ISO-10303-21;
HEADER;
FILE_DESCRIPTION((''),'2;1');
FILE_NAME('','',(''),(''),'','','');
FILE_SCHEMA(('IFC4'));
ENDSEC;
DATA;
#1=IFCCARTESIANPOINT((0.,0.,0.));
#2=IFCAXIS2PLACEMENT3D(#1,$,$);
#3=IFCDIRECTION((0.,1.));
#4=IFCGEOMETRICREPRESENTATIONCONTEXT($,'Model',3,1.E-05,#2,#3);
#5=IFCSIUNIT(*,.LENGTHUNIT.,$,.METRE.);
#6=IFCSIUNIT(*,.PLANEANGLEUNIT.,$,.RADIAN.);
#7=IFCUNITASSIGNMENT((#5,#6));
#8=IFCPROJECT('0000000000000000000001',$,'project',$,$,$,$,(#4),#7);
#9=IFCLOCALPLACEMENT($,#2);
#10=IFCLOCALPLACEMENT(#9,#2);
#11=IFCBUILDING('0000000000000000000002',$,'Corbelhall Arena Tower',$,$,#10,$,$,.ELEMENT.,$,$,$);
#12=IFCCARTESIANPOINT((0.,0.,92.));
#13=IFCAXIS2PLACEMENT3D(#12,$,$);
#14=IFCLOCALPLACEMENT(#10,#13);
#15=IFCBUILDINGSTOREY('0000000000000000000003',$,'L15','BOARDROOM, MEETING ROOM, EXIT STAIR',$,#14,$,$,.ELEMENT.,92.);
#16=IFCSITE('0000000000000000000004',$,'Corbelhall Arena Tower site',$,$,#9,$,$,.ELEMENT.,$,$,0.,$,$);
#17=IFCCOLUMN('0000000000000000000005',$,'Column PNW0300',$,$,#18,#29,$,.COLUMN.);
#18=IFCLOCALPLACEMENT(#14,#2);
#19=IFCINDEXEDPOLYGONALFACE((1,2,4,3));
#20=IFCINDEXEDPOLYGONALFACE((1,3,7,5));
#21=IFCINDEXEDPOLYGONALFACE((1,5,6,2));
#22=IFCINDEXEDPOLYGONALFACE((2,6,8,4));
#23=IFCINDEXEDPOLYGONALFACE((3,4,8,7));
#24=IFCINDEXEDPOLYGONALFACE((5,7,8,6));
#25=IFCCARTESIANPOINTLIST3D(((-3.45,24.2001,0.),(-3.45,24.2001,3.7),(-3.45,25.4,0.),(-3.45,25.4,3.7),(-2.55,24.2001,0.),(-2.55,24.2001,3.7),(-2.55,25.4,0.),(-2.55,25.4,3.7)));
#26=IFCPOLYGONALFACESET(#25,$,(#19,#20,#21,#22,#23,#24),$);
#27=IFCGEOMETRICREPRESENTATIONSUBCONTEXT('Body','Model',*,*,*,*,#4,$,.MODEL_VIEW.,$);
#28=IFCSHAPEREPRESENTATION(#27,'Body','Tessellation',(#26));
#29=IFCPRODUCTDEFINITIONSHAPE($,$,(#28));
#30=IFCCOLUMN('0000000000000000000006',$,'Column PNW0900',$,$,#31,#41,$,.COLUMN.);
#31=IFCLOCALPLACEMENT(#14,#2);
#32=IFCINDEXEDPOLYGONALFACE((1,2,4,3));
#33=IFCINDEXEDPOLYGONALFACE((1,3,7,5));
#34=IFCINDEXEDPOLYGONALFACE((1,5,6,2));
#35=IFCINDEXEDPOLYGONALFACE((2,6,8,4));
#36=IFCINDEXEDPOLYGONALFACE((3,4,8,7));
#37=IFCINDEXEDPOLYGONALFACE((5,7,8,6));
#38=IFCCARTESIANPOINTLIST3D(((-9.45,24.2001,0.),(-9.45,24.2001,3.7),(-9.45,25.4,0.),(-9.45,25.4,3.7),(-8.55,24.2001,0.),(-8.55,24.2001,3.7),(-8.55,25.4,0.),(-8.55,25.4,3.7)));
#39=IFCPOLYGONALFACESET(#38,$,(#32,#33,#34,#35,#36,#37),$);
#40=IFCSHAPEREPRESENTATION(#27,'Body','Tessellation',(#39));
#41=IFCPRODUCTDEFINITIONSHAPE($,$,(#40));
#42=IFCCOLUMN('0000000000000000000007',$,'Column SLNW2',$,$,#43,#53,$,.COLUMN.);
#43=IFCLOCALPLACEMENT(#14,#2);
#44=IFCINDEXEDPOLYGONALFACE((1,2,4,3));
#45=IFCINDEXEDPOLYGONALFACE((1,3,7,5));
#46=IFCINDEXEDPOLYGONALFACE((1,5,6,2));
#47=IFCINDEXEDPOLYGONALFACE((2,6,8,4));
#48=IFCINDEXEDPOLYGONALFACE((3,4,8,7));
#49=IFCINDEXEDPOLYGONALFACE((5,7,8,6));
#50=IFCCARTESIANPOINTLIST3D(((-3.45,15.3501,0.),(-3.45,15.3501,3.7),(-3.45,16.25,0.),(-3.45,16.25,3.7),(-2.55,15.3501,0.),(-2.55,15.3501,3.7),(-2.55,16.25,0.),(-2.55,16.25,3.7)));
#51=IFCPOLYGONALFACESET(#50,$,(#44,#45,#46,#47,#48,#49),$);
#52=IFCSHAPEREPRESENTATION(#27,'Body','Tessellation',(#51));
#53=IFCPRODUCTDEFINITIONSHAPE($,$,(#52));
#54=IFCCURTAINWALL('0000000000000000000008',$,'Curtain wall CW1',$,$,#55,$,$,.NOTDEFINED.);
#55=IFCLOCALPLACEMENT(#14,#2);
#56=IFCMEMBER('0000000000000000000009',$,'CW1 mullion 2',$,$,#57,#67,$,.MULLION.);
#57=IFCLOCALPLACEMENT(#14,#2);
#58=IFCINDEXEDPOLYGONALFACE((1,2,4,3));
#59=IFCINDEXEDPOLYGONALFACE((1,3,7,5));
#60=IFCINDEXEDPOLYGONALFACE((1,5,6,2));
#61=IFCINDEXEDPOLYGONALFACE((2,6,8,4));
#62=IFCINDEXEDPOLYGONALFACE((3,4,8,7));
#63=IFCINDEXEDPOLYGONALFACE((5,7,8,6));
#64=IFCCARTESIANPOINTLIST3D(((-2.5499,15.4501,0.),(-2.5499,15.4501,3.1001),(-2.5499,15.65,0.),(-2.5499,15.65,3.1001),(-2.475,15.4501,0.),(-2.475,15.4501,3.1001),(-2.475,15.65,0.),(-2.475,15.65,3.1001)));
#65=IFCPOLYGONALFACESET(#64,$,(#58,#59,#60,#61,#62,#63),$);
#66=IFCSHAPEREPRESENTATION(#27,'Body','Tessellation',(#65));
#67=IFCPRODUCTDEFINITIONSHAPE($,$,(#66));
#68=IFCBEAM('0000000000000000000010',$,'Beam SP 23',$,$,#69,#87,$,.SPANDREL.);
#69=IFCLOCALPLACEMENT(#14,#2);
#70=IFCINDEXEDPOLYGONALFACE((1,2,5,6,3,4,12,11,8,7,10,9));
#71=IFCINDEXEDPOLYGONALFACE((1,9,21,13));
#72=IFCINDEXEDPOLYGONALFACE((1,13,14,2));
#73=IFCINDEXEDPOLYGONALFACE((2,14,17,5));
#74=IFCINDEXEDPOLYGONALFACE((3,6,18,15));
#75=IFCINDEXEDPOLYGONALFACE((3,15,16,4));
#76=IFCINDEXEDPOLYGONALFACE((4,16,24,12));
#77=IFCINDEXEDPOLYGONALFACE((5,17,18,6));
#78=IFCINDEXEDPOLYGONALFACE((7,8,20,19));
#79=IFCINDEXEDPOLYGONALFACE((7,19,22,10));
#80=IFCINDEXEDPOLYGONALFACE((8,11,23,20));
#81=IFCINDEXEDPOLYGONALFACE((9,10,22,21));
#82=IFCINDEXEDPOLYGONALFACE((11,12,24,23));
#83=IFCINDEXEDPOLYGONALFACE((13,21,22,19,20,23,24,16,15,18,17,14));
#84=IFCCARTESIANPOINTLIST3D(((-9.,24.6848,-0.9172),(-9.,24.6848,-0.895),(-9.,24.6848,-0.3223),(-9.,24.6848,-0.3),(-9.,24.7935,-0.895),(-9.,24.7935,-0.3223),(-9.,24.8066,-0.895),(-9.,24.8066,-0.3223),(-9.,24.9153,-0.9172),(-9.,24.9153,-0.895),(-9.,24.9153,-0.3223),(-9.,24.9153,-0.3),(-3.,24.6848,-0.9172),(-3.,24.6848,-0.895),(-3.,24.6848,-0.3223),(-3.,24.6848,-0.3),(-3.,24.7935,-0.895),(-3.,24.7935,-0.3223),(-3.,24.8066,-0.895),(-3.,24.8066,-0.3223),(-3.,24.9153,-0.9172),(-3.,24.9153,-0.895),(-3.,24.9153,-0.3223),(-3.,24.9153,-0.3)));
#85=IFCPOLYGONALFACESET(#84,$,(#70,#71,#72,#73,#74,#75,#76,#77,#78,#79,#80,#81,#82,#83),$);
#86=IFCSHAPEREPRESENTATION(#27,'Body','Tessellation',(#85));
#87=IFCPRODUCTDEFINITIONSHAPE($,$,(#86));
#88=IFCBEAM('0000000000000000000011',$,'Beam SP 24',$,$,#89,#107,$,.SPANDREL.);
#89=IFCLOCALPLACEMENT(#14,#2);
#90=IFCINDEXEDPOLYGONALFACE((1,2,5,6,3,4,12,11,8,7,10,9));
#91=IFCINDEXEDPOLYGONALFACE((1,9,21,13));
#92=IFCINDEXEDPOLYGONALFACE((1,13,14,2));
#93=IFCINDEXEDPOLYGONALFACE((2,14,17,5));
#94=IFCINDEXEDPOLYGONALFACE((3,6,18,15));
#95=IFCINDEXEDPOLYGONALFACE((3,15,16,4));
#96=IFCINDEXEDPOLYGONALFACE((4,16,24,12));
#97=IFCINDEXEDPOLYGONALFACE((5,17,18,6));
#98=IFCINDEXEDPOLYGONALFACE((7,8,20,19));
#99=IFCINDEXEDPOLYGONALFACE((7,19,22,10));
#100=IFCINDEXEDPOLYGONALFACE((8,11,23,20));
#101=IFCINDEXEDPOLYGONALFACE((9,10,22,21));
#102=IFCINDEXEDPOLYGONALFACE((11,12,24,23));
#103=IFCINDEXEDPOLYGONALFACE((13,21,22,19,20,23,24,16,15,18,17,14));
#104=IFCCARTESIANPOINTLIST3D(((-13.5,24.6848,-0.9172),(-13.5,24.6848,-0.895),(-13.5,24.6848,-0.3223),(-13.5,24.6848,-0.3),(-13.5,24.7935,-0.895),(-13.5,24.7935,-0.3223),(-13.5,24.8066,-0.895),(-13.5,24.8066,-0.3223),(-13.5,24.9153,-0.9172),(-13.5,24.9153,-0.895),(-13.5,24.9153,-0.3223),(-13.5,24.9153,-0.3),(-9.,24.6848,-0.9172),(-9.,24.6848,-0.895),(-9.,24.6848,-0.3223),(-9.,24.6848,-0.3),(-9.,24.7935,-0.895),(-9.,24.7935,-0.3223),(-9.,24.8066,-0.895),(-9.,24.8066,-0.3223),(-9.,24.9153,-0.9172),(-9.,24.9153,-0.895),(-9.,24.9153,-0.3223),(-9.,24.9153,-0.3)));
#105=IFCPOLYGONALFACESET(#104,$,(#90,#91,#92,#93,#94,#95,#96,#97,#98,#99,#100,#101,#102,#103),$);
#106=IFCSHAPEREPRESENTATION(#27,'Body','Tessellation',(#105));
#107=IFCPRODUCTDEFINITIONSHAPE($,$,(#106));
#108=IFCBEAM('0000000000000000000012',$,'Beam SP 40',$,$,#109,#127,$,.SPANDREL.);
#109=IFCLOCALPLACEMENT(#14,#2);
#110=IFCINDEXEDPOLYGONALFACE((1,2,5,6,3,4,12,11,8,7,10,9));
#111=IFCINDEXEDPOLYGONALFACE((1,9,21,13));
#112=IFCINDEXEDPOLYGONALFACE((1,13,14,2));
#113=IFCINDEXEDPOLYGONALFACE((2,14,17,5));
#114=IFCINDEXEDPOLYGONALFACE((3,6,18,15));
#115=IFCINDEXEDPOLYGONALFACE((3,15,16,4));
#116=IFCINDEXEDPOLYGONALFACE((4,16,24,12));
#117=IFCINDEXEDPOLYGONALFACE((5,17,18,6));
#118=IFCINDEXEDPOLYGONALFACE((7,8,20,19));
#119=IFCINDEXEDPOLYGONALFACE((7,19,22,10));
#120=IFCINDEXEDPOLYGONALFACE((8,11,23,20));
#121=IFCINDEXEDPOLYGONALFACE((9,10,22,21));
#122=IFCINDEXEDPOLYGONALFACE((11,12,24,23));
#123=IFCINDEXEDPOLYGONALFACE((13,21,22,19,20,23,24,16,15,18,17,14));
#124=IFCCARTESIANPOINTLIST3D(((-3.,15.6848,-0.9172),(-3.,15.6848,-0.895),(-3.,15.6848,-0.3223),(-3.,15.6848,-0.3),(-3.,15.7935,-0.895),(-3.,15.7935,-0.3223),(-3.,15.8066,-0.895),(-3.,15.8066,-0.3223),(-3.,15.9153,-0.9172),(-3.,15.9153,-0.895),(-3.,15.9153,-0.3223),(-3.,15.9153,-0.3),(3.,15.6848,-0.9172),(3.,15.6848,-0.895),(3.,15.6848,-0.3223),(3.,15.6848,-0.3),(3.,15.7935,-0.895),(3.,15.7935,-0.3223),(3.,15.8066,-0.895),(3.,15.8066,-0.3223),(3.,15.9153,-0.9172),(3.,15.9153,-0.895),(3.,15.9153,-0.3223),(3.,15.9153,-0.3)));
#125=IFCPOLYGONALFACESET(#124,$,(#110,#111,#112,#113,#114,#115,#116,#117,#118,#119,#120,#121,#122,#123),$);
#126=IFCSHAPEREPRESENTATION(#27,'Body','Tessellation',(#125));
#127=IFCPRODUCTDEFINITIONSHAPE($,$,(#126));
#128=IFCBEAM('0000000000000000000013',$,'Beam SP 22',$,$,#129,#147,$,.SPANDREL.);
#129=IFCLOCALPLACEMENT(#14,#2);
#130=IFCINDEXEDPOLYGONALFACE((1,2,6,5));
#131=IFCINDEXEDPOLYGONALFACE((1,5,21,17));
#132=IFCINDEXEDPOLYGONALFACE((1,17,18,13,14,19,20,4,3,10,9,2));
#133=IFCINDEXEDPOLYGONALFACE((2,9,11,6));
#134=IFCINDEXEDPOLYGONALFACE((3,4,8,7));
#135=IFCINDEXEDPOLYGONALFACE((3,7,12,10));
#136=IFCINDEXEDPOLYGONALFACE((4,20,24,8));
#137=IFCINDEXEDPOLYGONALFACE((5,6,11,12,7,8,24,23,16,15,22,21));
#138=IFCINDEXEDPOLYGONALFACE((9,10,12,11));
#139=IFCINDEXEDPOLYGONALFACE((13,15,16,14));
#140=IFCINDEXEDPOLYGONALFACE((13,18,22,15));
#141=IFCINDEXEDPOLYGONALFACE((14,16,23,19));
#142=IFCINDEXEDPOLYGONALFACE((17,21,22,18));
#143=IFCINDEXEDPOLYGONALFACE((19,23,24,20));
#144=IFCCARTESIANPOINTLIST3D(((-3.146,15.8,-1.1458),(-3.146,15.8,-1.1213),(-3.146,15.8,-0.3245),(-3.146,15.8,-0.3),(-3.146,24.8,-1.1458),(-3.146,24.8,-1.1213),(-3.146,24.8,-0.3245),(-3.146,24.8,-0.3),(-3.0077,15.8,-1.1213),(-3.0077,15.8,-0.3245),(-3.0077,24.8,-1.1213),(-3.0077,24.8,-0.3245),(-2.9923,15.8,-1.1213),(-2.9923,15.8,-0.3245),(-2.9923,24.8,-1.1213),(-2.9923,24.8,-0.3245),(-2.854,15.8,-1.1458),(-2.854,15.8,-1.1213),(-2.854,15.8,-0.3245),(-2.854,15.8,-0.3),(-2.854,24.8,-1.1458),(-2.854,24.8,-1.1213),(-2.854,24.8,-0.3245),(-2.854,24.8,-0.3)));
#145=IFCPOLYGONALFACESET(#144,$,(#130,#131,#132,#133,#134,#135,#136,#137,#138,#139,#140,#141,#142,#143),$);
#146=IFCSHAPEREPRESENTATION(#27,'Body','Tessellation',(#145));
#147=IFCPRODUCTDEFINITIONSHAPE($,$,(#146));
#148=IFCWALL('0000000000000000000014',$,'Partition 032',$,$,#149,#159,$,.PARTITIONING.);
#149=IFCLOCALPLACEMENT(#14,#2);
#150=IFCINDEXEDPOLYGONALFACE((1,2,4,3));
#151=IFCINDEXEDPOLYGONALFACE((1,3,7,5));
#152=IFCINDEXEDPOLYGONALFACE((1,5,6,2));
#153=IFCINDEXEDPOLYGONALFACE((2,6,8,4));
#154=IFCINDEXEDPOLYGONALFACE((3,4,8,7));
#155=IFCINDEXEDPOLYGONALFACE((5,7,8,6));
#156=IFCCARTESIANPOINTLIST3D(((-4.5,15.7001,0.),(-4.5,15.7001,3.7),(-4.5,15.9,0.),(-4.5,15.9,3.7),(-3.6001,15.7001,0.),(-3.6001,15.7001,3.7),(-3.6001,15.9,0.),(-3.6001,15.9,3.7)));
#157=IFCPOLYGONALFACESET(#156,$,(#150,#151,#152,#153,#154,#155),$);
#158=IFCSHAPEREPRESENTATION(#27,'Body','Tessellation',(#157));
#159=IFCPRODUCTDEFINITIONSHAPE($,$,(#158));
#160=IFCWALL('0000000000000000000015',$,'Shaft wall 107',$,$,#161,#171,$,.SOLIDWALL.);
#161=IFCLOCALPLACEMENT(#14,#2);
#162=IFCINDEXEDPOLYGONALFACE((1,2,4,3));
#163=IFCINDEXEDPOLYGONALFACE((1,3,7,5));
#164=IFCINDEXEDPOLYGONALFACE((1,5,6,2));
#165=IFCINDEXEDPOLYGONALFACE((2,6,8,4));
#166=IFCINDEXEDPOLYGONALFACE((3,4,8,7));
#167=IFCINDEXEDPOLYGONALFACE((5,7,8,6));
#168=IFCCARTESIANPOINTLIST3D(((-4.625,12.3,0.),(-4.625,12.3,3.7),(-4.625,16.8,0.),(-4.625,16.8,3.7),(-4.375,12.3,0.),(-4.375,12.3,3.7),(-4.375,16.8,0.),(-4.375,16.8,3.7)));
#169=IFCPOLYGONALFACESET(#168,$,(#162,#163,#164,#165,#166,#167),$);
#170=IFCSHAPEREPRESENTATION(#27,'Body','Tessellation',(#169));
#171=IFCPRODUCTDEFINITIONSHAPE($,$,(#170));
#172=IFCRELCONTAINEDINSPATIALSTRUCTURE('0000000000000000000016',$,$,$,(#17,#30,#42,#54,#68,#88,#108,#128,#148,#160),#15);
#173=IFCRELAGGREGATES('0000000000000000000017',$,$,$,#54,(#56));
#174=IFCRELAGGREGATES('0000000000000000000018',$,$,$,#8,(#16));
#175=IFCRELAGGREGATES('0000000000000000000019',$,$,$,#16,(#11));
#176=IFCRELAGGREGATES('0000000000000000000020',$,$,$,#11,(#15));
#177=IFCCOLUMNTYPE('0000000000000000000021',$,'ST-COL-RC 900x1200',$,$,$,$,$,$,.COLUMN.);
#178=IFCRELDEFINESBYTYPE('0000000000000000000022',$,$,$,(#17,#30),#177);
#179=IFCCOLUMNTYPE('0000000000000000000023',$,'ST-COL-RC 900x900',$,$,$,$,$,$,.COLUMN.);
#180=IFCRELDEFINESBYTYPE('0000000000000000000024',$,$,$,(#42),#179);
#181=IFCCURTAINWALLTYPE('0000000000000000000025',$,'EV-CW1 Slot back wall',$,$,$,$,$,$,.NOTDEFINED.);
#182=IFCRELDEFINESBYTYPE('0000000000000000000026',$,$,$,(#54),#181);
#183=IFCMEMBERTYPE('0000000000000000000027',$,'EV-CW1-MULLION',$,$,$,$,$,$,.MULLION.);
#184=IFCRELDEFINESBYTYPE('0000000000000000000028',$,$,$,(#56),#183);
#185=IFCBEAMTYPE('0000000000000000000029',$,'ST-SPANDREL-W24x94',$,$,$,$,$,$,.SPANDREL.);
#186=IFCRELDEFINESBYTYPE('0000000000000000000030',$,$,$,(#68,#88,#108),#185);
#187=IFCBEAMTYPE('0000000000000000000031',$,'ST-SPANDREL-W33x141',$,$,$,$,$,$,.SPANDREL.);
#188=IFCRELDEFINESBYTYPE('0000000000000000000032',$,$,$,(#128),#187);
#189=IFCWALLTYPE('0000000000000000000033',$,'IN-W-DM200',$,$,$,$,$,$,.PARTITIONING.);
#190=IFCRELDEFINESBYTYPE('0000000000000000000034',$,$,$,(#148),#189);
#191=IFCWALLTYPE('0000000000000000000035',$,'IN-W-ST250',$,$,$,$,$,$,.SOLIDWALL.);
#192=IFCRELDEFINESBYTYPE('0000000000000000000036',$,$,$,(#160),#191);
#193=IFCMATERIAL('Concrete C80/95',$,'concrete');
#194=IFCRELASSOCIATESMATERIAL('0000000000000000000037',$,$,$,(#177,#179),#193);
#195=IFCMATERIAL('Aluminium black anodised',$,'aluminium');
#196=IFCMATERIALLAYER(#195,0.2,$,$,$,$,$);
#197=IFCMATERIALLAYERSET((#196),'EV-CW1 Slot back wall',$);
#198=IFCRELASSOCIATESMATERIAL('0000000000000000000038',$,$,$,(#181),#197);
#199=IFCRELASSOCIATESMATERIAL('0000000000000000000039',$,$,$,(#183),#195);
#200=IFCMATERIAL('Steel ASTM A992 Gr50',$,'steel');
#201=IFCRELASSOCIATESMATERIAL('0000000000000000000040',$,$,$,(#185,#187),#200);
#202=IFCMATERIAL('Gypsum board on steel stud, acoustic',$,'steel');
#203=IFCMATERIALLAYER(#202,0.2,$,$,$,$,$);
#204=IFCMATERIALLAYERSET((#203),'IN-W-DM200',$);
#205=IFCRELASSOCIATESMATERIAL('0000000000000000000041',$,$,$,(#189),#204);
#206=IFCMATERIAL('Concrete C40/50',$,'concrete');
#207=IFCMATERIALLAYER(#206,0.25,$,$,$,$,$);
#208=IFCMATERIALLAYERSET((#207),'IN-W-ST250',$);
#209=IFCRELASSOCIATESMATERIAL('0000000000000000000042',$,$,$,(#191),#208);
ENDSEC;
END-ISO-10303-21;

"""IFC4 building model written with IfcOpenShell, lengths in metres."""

from ifc_helpers import new_model, si_unit, direction, frame, frame_2d, origin, origin_2d, place, context, subcontext, project, spatial, rectangle, i_section, extrude, material, layer, layer_set, material_profile, profile_set, type_object, element, aggregate, save


model = new_model("IFC4")

# Units and contexts
model_context = context("Model", 3, precision=1e-05, world=origin(), true_north=direction((0.0, 1.0)))
body_context = subcontext(model_context, "Body", "Model", "MODEL_VIEW")
ifc_project = project(units=[si_unit("LENGTHUNIT", "METRE"), si_unit("PLANEANGLEUNIT", "RADIAN")], contexts=[model_context])

# Site, building, storey
site_placement = place(None, origin())
site = spatial("IfcSite", under=ifc_project, at=site_placement, Name="Corbelhall Arena Tower site", CompositionType="ELEMENT", RefElevation=0.0)
building_placement = place(site_placement, origin())
building = spatial("IfcBuilding", under=site, at=building_placement, Name="Corbelhall Arena Tower", CompositionType="ELEMENT")
storey_placement = place(building_placement, frame((0.0, 0.0, 92.0)))
storey = spatial("IfcBuildingStorey", under=building, at=storey_placement, Name="L15", Description="BOARDROOM, MEETING ROOM, EXIT STAIR", CompositionType="ELEMENT", Elevation=92.0)

# Columns
ifc_material_1 = material(Name="Concrete C80/95", Category="concrete")
ifc_material_profile_1 = material_profile(ifc_material_1, rectangle(XDim=0.8999, YDim=1.2, at=origin_2d()))
ifc_profile_set_1 = profile_set([ifc_material_profile_1], Name="Concrete C80/95")
column_type_1 = type_object("IfcColumnType", Name="ST-COL-RC 900x1200", PredefinedType="COLUMN", material=ifc_profile_set_1)
for number, where, z_axis, x_axis, name in (
    (1, (-3.0, 24.8, 0.0), (0.0, 0.0, 1.0), (1.0, 0.0, 0.0), "Column PNW0300"),
    (2, (-9.0, 24.8, 0.0), (0.0, 0.0, 1.0), (1.0, 0.0, 0.0), "Column PNW0900"),
):
    element("IfcColumn", number, at=place(storey_placement, frame(where, z_axis=z_axis, x_axis=x_axis)), inside=storey, type_object=column_type_1, Name=name, PredefinedType="COLUMN", context=body_context, shape_type="SweptSolid", body=[
        extrude(rectangle(XDim=0.8999, YDim=1.2, at=origin_2d()), origin(), (0.0, 0.0, 1.0), 3.7),
    ])
ifc_material_profile_2 = material_profile(ifc_material_1, rectangle(XDim=0.8999, YDim=0.8999, at=origin_2d()))
ifc_profile_set_2 = profile_set([ifc_material_profile_2], Name="Concrete C80/95")
column_type_2 = type_object("IfcColumnType", Name="ST-COL-RC 900x900", PredefinedType="COLUMN", material=ifc_profile_set_2)
column_placement = place(storey_placement, frame((-3.0, 15.8, 0.0), z_axis=(0.0, 0.0, 1.0), x_axis=(1.0, 0.0, 0.0)))
element("IfcColumn", 3, at=column_placement, inside=storey, type_object=column_type_2, Name="Column SLNW2", PredefinedType="COLUMN", context=body_context, shape_type="SweptSolid", body=[
    extrude(rectangle(XDim=0.8999, YDim=0.8999, at=origin_2d()), origin(), (0.0, 0.0, 1.0), 3.7),
])

# Curtain wall, member
ifc_material_2 = material(Name="Aluminium black anodised", Category="aluminium")
ifc_layer_1 = layer(ifc_material_2, 0.2)
ifc_layer_set_1 = layer_set([ifc_layer_1], Name="EV-CW1 Slot back wall")
curtain_wall_type = type_object("IfcCurtainWallType", Name="EV-CW1 Slot back wall", PredefinedType="NOTDEFINED", material=ifc_layer_set_1)
curtain_wall_placement = place(storey_placement, origin())
curtain_wall = element("IfcCurtainWall", 4, at=curtain_wall_placement, inside=storey, type_object=curtain_wall_type, Name="Curtain wall CW1", PredefinedType="NOTDEFINED")
ifc_material_profile_3 = material_profile(ifc_material_2, rectangle(XDim=0.2, YDim=0.075, at=origin_2d()))
ifc_profile_set_3 = profile_set([ifc_material_profile_3], Name="Aluminium black anodised")
member_type = type_object("IfcMemberType", Name="EV-CW1-MULLION", PredefinedType="MULLION", material=ifc_profile_set_3)
member_placement = place(storey_placement, frame((-2.5125, 15.55, 0.0), z_axis=(0.0, 0.0, 1.0), x_axis=(0.0, -1.0, 0.0)))
member = element("IfcMember", 5, at=member_placement, type_object=member_type, Name="CW1 mullion 2", PredefinedType="MULLION", context=body_context, shape_type="SweptSolid", body=[
    extrude(rectangle(XDim=0.2, YDim=0.075, at=origin_2d()), origin(), (0.0, 0.0, 1.0), 3.1001),
])
aggregate(curtain_wall, [member])

# Beams
ifc_material_3 = material(Name="Steel ASTM A992 Gr50", Category="steel")
ifc_material_profile_4 = material_profile(ifc_material_3, i_section(OverallWidth=0.2305, OverallDepth=0.6172, WebThickness=0.0132, FlangeThickness=0.0222, at=origin_2d()))
ifc_profile_set_4 = profile_set([ifc_material_profile_4], Name="Steel ASTM A992 Gr50")
beam_type_1 = type_object("IfcBeamType", Name="ST-SPANDREL-W24x94", PredefinedType="SPANDREL", material=ifc_profile_set_4)
beam_1_placement = place(storey_placement, frame((-9.0, 24.8, -0.6086), z_axis=(1.0, 0.0, 0.0), x_axis=(0.0, 1.0, 0.0)))
element("IfcBeam", 6, at=beam_1_placement, inside=storey, type_object=beam_type_1, Name="Beam SP 23", PredefinedType="SPANDREL", context=body_context, shape_type="SweptSolid", body=[
    extrude(i_section(OverallWidth=0.2305, OverallDepth=0.6172, WebThickness=0.0132, FlangeThickness=0.0222, at=origin_2d()), origin(), (0.0, 0.0, 1.0), 6.0),
])
beam_2_placement = place(storey_placement, frame((-13.5, 24.8, -0.6086), z_axis=(1.0, 0.0, 0.0), x_axis=(0.0, 1.0, 0.0)))
element("IfcBeam", 7, at=beam_2_placement, inside=storey, type_object=beam_type_1, Name="Beam SP 24", PredefinedType="SPANDREL", context=body_context, shape_type="SweptSolid", body=[
    extrude(i_section(OverallWidth=0.2305, OverallDepth=0.6172, WebThickness=0.0132, FlangeThickness=0.0222, at=origin_2d()), origin(), (0.0, 0.0, 1.0), 4.5),
])
beam_3_placement = place(storey_placement, frame((-3.0, 15.8, -0.6086), z_axis=(1.0, 0.0, 0.0), x_axis=(0.0, 1.0, 0.0)))
element("IfcBeam", 8, at=beam_3_placement, inside=storey, type_object=beam_type_1, Name="Beam SP 40", PredefinedType="SPANDREL", context=body_context, shape_type="SweptSolid", body=[
    extrude(i_section(OverallWidth=0.2305, OverallDepth=0.6172, WebThickness=0.0132, FlangeThickness=0.0222, at=origin_2d()), origin(), (0.0, 0.0, 1.0), 6.0),
])
ifc_material_profile_5 = material_profile(ifc_material_3, i_section(OverallWidth=0.292, OverallDepth=0.8457, WebThickness=0.0154, FlangeThickness=0.0244, at=origin_2d()))
ifc_profile_set_5 = profile_set([ifc_material_profile_5], Name="Steel ASTM A992 Gr50")
beam_type_2 = type_object("IfcBeamType", Name="ST-SPANDREL-W33x141", PredefinedType="SPANDREL", material=ifc_profile_set_5)
beam_4_placement = place(storey_placement, frame((-3.0, 24.8, -0.7229), z_axis=(0.0, -1.0, 0.0), x_axis=(1.0, 0.0, 0.0)))
element("IfcBeam", 9, at=beam_4_placement, inside=storey, type_object=beam_type_2, Name="Beam SP 22", PredefinedType="SPANDREL", context=body_context, shape_type="SweptSolid", body=[
    extrude(i_section(OverallWidth=0.292, OverallDepth=0.8457, WebThickness=0.0154, FlangeThickness=0.0244, at=origin_2d()), origin(), (0.0, 0.0, 1.0), 9.0),
])

# Walls
ifc_material_4 = material(Name="Gypsum board on steel stud, acoustic", Category="steel")
ifc_layer_2 = layer(ifc_material_4, 0.2)
ifc_layer_set_2 = layer_set([ifc_layer_2], Name="IN-W-DM200")
wall_type_1 = type_object("IfcWallType", Name="IN-W-DM200", PredefinedType="PARTITIONING", material=ifc_layer_set_2)
wall_1_placement = place(storey_placement, frame((-4.5, 15.8, 0.0), z_axis=(0.0, 0.0, 1.0), x_axis=(1.0, 0.0, 0.0)))
element("IfcWall", 10, at=wall_1_placement, inside=storey, type_object=wall_type_1, Name="Partition 032", PredefinedType="PARTITIONING", context=body_context, shape_type="SweptSolid", body=[
    extrude(rectangle(XDim=0.8999, YDim=0.2, at=frame_2d((0.45, 0.0))), origin(), (0.0, 0.0, 1.0), 3.7),
])
ifc_material_5 = material(Name="Concrete C40/50", Category="concrete")
ifc_layer_3 = layer(ifc_material_5, 0.25)
ifc_layer_set_3 = layer_set([ifc_layer_3], Name="IN-W-ST250")
wall_type_2 = type_object("IfcWallType", Name="IN-W-ST250", PredefinedType="SOLIDWALL", material=ifc_layer_set_3)
wall_2_placement = place(storey_placement, frame((-4.5, 16.8, 0.0), z_axis=(0.0, 0.0, 1.0), x_axis=(0.0, -1.0, 0.0)))
element("IfcWall", 11, at=wall_2_placement, inside=storey, type_object=wall_type_2, Name="Shaft wall 107", PredefinedType="SOLIDWALL", context=body_context, shape_type="SweptSolid", body=[
    extrude(rectangle(XDim=4.5, YDim=0.25, at=frame_2d((2.25, 0.0))), origin(), (0.0, 0.0, 1.0), 3.7),
])

save(model, "model.ifc")
